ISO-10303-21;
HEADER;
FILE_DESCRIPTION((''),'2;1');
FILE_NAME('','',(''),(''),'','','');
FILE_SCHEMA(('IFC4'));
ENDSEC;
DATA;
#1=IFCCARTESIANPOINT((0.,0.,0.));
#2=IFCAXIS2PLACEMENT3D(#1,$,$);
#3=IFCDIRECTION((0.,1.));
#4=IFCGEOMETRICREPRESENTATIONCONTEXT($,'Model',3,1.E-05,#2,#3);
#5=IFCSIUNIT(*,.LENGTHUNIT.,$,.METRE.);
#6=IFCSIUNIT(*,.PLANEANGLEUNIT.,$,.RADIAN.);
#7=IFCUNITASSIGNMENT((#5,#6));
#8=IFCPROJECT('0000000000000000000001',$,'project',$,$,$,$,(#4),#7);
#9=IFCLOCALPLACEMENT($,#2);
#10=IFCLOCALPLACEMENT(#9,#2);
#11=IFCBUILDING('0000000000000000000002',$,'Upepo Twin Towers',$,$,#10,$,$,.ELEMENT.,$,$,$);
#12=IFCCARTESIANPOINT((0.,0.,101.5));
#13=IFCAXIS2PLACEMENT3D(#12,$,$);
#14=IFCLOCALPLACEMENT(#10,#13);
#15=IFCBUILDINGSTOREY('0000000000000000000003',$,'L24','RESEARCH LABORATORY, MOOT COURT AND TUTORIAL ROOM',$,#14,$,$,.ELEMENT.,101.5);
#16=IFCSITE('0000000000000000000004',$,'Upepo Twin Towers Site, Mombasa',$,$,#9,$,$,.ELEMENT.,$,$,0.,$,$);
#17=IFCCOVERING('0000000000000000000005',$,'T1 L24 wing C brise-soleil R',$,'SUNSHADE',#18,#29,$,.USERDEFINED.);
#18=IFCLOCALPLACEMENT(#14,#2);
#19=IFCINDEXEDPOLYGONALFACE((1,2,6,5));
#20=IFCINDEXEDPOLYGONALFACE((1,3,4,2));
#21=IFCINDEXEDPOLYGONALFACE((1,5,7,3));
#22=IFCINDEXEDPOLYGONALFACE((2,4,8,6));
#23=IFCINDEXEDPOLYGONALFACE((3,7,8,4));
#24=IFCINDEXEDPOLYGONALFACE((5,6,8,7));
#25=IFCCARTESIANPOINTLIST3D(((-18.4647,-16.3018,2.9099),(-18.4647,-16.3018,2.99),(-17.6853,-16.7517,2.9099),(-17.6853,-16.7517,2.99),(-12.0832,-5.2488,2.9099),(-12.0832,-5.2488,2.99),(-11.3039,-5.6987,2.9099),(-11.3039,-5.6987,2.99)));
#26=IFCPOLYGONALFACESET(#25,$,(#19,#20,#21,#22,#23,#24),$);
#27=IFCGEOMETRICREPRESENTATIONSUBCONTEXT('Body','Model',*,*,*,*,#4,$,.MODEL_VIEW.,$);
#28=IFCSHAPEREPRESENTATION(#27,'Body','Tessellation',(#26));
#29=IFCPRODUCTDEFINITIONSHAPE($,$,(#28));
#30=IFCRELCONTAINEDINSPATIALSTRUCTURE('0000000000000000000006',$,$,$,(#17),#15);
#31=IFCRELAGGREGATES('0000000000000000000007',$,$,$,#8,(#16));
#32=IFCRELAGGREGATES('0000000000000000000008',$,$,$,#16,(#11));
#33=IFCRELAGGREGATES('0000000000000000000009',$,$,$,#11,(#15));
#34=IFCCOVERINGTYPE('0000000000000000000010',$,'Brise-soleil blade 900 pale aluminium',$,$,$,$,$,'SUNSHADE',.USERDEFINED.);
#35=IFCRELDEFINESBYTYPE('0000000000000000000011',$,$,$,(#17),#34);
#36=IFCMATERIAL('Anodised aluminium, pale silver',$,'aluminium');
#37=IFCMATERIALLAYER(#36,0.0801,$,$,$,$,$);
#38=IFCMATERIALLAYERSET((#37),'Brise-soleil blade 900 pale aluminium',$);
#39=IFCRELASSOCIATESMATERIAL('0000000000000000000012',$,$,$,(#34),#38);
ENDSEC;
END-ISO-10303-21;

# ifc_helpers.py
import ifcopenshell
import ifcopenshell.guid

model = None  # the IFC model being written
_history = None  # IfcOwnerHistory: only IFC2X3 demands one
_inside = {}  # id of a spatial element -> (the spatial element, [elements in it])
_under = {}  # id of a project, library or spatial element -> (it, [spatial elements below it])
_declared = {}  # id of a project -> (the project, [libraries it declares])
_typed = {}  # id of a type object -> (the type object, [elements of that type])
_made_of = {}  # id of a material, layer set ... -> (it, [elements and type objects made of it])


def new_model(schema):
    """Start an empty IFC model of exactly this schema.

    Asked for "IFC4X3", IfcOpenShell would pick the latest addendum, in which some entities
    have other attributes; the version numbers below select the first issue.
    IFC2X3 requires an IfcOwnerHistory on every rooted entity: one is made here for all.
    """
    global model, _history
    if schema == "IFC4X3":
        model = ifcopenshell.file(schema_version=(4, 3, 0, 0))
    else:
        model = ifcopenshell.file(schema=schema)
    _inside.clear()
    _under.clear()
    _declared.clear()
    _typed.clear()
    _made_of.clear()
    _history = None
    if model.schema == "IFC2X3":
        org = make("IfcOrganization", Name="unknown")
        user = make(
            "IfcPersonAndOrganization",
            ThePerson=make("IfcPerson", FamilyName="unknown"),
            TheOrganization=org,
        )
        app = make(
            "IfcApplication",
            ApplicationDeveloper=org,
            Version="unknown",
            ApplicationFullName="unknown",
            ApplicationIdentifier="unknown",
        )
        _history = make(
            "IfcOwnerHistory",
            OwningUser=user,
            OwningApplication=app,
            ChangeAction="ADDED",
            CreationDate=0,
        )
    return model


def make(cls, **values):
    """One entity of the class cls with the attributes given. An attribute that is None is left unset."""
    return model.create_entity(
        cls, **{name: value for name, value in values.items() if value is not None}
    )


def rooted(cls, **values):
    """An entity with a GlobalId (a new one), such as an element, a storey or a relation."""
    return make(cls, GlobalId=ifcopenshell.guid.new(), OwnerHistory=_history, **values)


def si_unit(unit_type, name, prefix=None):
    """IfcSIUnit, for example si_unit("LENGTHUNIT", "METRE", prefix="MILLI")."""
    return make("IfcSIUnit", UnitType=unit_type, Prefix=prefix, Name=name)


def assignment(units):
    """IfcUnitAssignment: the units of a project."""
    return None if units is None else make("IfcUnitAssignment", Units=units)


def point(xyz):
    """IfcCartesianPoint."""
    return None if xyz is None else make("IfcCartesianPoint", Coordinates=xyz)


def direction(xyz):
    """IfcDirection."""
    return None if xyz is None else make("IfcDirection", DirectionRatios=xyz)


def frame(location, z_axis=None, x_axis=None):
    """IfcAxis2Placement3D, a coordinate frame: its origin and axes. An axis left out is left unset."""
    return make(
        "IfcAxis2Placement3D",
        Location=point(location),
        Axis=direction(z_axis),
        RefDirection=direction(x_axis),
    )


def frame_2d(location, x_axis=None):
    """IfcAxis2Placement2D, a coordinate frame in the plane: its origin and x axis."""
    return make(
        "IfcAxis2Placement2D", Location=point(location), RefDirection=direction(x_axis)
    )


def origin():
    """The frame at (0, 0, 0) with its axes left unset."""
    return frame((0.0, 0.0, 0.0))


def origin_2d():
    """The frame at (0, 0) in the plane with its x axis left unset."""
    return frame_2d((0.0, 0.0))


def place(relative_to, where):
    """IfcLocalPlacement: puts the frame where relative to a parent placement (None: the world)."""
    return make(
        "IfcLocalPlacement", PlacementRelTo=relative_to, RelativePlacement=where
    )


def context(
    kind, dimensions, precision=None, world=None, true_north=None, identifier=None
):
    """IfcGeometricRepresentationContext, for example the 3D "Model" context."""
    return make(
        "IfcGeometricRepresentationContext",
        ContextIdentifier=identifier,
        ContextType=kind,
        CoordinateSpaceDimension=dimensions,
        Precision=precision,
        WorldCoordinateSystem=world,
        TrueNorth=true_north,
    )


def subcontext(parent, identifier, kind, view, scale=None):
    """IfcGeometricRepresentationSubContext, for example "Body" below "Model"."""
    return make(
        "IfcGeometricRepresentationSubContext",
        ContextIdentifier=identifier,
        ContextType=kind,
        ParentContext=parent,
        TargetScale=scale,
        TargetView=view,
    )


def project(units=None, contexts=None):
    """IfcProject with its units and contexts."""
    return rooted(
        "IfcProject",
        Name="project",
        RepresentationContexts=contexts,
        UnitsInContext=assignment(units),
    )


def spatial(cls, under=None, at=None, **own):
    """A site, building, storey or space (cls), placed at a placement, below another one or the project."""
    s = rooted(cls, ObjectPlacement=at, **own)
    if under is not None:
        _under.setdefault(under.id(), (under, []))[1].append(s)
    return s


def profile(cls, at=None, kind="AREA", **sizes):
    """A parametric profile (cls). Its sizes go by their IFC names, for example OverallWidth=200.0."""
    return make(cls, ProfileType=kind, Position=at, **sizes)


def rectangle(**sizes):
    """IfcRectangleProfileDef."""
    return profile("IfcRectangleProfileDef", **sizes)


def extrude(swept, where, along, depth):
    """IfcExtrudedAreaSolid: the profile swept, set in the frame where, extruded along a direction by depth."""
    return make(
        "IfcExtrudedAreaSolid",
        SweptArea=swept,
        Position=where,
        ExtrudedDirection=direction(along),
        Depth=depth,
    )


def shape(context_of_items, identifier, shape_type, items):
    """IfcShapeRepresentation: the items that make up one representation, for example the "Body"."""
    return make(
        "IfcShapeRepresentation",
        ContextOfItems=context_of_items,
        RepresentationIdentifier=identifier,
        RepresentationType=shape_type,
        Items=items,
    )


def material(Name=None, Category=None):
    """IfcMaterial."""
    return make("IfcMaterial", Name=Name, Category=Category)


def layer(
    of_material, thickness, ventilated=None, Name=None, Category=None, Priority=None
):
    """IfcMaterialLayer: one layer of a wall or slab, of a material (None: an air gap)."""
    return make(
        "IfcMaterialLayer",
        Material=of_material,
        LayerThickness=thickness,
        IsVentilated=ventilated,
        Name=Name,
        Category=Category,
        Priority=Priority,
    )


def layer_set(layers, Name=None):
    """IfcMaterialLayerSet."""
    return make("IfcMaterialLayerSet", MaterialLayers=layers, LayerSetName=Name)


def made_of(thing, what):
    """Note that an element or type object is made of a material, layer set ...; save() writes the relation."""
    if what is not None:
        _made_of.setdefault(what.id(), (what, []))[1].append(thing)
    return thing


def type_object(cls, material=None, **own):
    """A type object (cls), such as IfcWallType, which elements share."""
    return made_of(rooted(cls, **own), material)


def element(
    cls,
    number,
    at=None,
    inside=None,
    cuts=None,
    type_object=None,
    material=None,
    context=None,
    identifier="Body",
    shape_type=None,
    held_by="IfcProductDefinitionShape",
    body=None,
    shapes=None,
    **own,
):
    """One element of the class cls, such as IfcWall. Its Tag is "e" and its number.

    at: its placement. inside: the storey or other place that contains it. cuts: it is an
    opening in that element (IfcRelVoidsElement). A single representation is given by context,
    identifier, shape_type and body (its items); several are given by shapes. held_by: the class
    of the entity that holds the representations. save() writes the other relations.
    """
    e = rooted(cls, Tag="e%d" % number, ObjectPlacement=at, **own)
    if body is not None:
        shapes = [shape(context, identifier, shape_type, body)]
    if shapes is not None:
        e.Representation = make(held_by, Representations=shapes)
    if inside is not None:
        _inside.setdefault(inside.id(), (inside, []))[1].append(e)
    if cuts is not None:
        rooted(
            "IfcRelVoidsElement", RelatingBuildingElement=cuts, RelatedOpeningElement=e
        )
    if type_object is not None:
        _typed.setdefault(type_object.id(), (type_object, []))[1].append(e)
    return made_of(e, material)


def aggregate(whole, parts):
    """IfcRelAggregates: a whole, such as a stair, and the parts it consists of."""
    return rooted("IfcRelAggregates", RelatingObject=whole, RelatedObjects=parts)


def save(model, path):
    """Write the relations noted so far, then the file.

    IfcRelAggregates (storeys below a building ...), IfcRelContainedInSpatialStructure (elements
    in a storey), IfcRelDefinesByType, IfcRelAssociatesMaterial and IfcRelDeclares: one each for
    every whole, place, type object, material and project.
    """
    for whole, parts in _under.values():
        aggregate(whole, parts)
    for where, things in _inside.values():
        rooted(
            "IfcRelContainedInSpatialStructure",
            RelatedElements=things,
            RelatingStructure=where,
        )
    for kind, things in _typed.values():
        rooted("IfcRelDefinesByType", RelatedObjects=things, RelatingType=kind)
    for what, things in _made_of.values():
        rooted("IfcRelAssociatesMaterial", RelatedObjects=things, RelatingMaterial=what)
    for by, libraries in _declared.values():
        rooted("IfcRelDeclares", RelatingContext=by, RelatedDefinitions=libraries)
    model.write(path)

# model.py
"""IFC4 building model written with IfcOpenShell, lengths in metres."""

from ifc_helpers import new_model, si_unit, direction, frame, origin, origin_2d, place, context, subcontext, project, spatial, rectangle, extrude, material, layer, layer_set, type_object, element, save


model = new_model("IFC4")

# Units and contexts
model_context = context("Model", 3, precision=1e-05, world=origin(), true_north=direction((0.0, 1.0)))
body_context = subcontext(model_context, "Body", "Model", "MODEL_VIEW")
ifc_project = project(units=[si_unit("LENGTHUNIT", "METRE"), si_unit("PLANEANGLEUNIT", "RADIAN")], contexts=[model_context])

# Site, building, storey
site_placement = place(None, origin())
site = spatial("IfcSite", under=ifc_project, at=site_placement, Name="Upepo Twin Towers Site, Mombasa", CompositionType="ELEMENT", RefElevation=0.0)
building_placement = place(site_placement, origin())
building = spatial("IfcBuilding", under=site, at=building_placement, Name="Upepo Twin Towers", CompositionType="ELEMENT")
storey_placement = place(building_placement, frame((0.0, 0.0, 101.5)))
storey = spatial("IfcBuildingStorey", under=building, at=storey_placement, Name="L24", Description="RESEARCH LABORATORY, MOOT COURT AND TUTORIAL ROOM", CompositionType="ELEMENT", Elevation=101.5)

# Covering
ifc_material_1 = material(Name="Anodised aluminium, pale silver", Category="aluminium")
ifc_layer_1 = layer(ifc_material_1, 0.0801)
ifc_layer_set_1 = layer_set([ifc_layer_1], Name="Brise-soleil blade 900 pale aluminium")
covering_type = type_object("IfcCoveringType", Name="Brise-soleil blade 900 pale aluminium", ElementType="SUNSHADE", PredefinedType="USERDEFINED", material=ifc_layer_set_1)
covering_placement = place(storey_placement, frame((-14.8843, -11.0002, 2.9099), z_axis=(0.0, 0.0, 1.0), x_axis=(-0.5, -0.866025, 0.0)))
element("IfcCovering", 1, at=covering_placement, inside=storey, type_object=covering_type, Name="T1 L24 wing C brise-soleil R", ObjectType="SUNSHADE", PredefinedType="USERDEFINED", context=body_context, shape_type="SweptSolid", body=[
    extrude(rectangle(XDim=12.7629, YDim=0.8999, at=origin_2d()), origin(), (0.0, 0.0, 1.0), 0.0801),
])

save(model, "model.ifc")
